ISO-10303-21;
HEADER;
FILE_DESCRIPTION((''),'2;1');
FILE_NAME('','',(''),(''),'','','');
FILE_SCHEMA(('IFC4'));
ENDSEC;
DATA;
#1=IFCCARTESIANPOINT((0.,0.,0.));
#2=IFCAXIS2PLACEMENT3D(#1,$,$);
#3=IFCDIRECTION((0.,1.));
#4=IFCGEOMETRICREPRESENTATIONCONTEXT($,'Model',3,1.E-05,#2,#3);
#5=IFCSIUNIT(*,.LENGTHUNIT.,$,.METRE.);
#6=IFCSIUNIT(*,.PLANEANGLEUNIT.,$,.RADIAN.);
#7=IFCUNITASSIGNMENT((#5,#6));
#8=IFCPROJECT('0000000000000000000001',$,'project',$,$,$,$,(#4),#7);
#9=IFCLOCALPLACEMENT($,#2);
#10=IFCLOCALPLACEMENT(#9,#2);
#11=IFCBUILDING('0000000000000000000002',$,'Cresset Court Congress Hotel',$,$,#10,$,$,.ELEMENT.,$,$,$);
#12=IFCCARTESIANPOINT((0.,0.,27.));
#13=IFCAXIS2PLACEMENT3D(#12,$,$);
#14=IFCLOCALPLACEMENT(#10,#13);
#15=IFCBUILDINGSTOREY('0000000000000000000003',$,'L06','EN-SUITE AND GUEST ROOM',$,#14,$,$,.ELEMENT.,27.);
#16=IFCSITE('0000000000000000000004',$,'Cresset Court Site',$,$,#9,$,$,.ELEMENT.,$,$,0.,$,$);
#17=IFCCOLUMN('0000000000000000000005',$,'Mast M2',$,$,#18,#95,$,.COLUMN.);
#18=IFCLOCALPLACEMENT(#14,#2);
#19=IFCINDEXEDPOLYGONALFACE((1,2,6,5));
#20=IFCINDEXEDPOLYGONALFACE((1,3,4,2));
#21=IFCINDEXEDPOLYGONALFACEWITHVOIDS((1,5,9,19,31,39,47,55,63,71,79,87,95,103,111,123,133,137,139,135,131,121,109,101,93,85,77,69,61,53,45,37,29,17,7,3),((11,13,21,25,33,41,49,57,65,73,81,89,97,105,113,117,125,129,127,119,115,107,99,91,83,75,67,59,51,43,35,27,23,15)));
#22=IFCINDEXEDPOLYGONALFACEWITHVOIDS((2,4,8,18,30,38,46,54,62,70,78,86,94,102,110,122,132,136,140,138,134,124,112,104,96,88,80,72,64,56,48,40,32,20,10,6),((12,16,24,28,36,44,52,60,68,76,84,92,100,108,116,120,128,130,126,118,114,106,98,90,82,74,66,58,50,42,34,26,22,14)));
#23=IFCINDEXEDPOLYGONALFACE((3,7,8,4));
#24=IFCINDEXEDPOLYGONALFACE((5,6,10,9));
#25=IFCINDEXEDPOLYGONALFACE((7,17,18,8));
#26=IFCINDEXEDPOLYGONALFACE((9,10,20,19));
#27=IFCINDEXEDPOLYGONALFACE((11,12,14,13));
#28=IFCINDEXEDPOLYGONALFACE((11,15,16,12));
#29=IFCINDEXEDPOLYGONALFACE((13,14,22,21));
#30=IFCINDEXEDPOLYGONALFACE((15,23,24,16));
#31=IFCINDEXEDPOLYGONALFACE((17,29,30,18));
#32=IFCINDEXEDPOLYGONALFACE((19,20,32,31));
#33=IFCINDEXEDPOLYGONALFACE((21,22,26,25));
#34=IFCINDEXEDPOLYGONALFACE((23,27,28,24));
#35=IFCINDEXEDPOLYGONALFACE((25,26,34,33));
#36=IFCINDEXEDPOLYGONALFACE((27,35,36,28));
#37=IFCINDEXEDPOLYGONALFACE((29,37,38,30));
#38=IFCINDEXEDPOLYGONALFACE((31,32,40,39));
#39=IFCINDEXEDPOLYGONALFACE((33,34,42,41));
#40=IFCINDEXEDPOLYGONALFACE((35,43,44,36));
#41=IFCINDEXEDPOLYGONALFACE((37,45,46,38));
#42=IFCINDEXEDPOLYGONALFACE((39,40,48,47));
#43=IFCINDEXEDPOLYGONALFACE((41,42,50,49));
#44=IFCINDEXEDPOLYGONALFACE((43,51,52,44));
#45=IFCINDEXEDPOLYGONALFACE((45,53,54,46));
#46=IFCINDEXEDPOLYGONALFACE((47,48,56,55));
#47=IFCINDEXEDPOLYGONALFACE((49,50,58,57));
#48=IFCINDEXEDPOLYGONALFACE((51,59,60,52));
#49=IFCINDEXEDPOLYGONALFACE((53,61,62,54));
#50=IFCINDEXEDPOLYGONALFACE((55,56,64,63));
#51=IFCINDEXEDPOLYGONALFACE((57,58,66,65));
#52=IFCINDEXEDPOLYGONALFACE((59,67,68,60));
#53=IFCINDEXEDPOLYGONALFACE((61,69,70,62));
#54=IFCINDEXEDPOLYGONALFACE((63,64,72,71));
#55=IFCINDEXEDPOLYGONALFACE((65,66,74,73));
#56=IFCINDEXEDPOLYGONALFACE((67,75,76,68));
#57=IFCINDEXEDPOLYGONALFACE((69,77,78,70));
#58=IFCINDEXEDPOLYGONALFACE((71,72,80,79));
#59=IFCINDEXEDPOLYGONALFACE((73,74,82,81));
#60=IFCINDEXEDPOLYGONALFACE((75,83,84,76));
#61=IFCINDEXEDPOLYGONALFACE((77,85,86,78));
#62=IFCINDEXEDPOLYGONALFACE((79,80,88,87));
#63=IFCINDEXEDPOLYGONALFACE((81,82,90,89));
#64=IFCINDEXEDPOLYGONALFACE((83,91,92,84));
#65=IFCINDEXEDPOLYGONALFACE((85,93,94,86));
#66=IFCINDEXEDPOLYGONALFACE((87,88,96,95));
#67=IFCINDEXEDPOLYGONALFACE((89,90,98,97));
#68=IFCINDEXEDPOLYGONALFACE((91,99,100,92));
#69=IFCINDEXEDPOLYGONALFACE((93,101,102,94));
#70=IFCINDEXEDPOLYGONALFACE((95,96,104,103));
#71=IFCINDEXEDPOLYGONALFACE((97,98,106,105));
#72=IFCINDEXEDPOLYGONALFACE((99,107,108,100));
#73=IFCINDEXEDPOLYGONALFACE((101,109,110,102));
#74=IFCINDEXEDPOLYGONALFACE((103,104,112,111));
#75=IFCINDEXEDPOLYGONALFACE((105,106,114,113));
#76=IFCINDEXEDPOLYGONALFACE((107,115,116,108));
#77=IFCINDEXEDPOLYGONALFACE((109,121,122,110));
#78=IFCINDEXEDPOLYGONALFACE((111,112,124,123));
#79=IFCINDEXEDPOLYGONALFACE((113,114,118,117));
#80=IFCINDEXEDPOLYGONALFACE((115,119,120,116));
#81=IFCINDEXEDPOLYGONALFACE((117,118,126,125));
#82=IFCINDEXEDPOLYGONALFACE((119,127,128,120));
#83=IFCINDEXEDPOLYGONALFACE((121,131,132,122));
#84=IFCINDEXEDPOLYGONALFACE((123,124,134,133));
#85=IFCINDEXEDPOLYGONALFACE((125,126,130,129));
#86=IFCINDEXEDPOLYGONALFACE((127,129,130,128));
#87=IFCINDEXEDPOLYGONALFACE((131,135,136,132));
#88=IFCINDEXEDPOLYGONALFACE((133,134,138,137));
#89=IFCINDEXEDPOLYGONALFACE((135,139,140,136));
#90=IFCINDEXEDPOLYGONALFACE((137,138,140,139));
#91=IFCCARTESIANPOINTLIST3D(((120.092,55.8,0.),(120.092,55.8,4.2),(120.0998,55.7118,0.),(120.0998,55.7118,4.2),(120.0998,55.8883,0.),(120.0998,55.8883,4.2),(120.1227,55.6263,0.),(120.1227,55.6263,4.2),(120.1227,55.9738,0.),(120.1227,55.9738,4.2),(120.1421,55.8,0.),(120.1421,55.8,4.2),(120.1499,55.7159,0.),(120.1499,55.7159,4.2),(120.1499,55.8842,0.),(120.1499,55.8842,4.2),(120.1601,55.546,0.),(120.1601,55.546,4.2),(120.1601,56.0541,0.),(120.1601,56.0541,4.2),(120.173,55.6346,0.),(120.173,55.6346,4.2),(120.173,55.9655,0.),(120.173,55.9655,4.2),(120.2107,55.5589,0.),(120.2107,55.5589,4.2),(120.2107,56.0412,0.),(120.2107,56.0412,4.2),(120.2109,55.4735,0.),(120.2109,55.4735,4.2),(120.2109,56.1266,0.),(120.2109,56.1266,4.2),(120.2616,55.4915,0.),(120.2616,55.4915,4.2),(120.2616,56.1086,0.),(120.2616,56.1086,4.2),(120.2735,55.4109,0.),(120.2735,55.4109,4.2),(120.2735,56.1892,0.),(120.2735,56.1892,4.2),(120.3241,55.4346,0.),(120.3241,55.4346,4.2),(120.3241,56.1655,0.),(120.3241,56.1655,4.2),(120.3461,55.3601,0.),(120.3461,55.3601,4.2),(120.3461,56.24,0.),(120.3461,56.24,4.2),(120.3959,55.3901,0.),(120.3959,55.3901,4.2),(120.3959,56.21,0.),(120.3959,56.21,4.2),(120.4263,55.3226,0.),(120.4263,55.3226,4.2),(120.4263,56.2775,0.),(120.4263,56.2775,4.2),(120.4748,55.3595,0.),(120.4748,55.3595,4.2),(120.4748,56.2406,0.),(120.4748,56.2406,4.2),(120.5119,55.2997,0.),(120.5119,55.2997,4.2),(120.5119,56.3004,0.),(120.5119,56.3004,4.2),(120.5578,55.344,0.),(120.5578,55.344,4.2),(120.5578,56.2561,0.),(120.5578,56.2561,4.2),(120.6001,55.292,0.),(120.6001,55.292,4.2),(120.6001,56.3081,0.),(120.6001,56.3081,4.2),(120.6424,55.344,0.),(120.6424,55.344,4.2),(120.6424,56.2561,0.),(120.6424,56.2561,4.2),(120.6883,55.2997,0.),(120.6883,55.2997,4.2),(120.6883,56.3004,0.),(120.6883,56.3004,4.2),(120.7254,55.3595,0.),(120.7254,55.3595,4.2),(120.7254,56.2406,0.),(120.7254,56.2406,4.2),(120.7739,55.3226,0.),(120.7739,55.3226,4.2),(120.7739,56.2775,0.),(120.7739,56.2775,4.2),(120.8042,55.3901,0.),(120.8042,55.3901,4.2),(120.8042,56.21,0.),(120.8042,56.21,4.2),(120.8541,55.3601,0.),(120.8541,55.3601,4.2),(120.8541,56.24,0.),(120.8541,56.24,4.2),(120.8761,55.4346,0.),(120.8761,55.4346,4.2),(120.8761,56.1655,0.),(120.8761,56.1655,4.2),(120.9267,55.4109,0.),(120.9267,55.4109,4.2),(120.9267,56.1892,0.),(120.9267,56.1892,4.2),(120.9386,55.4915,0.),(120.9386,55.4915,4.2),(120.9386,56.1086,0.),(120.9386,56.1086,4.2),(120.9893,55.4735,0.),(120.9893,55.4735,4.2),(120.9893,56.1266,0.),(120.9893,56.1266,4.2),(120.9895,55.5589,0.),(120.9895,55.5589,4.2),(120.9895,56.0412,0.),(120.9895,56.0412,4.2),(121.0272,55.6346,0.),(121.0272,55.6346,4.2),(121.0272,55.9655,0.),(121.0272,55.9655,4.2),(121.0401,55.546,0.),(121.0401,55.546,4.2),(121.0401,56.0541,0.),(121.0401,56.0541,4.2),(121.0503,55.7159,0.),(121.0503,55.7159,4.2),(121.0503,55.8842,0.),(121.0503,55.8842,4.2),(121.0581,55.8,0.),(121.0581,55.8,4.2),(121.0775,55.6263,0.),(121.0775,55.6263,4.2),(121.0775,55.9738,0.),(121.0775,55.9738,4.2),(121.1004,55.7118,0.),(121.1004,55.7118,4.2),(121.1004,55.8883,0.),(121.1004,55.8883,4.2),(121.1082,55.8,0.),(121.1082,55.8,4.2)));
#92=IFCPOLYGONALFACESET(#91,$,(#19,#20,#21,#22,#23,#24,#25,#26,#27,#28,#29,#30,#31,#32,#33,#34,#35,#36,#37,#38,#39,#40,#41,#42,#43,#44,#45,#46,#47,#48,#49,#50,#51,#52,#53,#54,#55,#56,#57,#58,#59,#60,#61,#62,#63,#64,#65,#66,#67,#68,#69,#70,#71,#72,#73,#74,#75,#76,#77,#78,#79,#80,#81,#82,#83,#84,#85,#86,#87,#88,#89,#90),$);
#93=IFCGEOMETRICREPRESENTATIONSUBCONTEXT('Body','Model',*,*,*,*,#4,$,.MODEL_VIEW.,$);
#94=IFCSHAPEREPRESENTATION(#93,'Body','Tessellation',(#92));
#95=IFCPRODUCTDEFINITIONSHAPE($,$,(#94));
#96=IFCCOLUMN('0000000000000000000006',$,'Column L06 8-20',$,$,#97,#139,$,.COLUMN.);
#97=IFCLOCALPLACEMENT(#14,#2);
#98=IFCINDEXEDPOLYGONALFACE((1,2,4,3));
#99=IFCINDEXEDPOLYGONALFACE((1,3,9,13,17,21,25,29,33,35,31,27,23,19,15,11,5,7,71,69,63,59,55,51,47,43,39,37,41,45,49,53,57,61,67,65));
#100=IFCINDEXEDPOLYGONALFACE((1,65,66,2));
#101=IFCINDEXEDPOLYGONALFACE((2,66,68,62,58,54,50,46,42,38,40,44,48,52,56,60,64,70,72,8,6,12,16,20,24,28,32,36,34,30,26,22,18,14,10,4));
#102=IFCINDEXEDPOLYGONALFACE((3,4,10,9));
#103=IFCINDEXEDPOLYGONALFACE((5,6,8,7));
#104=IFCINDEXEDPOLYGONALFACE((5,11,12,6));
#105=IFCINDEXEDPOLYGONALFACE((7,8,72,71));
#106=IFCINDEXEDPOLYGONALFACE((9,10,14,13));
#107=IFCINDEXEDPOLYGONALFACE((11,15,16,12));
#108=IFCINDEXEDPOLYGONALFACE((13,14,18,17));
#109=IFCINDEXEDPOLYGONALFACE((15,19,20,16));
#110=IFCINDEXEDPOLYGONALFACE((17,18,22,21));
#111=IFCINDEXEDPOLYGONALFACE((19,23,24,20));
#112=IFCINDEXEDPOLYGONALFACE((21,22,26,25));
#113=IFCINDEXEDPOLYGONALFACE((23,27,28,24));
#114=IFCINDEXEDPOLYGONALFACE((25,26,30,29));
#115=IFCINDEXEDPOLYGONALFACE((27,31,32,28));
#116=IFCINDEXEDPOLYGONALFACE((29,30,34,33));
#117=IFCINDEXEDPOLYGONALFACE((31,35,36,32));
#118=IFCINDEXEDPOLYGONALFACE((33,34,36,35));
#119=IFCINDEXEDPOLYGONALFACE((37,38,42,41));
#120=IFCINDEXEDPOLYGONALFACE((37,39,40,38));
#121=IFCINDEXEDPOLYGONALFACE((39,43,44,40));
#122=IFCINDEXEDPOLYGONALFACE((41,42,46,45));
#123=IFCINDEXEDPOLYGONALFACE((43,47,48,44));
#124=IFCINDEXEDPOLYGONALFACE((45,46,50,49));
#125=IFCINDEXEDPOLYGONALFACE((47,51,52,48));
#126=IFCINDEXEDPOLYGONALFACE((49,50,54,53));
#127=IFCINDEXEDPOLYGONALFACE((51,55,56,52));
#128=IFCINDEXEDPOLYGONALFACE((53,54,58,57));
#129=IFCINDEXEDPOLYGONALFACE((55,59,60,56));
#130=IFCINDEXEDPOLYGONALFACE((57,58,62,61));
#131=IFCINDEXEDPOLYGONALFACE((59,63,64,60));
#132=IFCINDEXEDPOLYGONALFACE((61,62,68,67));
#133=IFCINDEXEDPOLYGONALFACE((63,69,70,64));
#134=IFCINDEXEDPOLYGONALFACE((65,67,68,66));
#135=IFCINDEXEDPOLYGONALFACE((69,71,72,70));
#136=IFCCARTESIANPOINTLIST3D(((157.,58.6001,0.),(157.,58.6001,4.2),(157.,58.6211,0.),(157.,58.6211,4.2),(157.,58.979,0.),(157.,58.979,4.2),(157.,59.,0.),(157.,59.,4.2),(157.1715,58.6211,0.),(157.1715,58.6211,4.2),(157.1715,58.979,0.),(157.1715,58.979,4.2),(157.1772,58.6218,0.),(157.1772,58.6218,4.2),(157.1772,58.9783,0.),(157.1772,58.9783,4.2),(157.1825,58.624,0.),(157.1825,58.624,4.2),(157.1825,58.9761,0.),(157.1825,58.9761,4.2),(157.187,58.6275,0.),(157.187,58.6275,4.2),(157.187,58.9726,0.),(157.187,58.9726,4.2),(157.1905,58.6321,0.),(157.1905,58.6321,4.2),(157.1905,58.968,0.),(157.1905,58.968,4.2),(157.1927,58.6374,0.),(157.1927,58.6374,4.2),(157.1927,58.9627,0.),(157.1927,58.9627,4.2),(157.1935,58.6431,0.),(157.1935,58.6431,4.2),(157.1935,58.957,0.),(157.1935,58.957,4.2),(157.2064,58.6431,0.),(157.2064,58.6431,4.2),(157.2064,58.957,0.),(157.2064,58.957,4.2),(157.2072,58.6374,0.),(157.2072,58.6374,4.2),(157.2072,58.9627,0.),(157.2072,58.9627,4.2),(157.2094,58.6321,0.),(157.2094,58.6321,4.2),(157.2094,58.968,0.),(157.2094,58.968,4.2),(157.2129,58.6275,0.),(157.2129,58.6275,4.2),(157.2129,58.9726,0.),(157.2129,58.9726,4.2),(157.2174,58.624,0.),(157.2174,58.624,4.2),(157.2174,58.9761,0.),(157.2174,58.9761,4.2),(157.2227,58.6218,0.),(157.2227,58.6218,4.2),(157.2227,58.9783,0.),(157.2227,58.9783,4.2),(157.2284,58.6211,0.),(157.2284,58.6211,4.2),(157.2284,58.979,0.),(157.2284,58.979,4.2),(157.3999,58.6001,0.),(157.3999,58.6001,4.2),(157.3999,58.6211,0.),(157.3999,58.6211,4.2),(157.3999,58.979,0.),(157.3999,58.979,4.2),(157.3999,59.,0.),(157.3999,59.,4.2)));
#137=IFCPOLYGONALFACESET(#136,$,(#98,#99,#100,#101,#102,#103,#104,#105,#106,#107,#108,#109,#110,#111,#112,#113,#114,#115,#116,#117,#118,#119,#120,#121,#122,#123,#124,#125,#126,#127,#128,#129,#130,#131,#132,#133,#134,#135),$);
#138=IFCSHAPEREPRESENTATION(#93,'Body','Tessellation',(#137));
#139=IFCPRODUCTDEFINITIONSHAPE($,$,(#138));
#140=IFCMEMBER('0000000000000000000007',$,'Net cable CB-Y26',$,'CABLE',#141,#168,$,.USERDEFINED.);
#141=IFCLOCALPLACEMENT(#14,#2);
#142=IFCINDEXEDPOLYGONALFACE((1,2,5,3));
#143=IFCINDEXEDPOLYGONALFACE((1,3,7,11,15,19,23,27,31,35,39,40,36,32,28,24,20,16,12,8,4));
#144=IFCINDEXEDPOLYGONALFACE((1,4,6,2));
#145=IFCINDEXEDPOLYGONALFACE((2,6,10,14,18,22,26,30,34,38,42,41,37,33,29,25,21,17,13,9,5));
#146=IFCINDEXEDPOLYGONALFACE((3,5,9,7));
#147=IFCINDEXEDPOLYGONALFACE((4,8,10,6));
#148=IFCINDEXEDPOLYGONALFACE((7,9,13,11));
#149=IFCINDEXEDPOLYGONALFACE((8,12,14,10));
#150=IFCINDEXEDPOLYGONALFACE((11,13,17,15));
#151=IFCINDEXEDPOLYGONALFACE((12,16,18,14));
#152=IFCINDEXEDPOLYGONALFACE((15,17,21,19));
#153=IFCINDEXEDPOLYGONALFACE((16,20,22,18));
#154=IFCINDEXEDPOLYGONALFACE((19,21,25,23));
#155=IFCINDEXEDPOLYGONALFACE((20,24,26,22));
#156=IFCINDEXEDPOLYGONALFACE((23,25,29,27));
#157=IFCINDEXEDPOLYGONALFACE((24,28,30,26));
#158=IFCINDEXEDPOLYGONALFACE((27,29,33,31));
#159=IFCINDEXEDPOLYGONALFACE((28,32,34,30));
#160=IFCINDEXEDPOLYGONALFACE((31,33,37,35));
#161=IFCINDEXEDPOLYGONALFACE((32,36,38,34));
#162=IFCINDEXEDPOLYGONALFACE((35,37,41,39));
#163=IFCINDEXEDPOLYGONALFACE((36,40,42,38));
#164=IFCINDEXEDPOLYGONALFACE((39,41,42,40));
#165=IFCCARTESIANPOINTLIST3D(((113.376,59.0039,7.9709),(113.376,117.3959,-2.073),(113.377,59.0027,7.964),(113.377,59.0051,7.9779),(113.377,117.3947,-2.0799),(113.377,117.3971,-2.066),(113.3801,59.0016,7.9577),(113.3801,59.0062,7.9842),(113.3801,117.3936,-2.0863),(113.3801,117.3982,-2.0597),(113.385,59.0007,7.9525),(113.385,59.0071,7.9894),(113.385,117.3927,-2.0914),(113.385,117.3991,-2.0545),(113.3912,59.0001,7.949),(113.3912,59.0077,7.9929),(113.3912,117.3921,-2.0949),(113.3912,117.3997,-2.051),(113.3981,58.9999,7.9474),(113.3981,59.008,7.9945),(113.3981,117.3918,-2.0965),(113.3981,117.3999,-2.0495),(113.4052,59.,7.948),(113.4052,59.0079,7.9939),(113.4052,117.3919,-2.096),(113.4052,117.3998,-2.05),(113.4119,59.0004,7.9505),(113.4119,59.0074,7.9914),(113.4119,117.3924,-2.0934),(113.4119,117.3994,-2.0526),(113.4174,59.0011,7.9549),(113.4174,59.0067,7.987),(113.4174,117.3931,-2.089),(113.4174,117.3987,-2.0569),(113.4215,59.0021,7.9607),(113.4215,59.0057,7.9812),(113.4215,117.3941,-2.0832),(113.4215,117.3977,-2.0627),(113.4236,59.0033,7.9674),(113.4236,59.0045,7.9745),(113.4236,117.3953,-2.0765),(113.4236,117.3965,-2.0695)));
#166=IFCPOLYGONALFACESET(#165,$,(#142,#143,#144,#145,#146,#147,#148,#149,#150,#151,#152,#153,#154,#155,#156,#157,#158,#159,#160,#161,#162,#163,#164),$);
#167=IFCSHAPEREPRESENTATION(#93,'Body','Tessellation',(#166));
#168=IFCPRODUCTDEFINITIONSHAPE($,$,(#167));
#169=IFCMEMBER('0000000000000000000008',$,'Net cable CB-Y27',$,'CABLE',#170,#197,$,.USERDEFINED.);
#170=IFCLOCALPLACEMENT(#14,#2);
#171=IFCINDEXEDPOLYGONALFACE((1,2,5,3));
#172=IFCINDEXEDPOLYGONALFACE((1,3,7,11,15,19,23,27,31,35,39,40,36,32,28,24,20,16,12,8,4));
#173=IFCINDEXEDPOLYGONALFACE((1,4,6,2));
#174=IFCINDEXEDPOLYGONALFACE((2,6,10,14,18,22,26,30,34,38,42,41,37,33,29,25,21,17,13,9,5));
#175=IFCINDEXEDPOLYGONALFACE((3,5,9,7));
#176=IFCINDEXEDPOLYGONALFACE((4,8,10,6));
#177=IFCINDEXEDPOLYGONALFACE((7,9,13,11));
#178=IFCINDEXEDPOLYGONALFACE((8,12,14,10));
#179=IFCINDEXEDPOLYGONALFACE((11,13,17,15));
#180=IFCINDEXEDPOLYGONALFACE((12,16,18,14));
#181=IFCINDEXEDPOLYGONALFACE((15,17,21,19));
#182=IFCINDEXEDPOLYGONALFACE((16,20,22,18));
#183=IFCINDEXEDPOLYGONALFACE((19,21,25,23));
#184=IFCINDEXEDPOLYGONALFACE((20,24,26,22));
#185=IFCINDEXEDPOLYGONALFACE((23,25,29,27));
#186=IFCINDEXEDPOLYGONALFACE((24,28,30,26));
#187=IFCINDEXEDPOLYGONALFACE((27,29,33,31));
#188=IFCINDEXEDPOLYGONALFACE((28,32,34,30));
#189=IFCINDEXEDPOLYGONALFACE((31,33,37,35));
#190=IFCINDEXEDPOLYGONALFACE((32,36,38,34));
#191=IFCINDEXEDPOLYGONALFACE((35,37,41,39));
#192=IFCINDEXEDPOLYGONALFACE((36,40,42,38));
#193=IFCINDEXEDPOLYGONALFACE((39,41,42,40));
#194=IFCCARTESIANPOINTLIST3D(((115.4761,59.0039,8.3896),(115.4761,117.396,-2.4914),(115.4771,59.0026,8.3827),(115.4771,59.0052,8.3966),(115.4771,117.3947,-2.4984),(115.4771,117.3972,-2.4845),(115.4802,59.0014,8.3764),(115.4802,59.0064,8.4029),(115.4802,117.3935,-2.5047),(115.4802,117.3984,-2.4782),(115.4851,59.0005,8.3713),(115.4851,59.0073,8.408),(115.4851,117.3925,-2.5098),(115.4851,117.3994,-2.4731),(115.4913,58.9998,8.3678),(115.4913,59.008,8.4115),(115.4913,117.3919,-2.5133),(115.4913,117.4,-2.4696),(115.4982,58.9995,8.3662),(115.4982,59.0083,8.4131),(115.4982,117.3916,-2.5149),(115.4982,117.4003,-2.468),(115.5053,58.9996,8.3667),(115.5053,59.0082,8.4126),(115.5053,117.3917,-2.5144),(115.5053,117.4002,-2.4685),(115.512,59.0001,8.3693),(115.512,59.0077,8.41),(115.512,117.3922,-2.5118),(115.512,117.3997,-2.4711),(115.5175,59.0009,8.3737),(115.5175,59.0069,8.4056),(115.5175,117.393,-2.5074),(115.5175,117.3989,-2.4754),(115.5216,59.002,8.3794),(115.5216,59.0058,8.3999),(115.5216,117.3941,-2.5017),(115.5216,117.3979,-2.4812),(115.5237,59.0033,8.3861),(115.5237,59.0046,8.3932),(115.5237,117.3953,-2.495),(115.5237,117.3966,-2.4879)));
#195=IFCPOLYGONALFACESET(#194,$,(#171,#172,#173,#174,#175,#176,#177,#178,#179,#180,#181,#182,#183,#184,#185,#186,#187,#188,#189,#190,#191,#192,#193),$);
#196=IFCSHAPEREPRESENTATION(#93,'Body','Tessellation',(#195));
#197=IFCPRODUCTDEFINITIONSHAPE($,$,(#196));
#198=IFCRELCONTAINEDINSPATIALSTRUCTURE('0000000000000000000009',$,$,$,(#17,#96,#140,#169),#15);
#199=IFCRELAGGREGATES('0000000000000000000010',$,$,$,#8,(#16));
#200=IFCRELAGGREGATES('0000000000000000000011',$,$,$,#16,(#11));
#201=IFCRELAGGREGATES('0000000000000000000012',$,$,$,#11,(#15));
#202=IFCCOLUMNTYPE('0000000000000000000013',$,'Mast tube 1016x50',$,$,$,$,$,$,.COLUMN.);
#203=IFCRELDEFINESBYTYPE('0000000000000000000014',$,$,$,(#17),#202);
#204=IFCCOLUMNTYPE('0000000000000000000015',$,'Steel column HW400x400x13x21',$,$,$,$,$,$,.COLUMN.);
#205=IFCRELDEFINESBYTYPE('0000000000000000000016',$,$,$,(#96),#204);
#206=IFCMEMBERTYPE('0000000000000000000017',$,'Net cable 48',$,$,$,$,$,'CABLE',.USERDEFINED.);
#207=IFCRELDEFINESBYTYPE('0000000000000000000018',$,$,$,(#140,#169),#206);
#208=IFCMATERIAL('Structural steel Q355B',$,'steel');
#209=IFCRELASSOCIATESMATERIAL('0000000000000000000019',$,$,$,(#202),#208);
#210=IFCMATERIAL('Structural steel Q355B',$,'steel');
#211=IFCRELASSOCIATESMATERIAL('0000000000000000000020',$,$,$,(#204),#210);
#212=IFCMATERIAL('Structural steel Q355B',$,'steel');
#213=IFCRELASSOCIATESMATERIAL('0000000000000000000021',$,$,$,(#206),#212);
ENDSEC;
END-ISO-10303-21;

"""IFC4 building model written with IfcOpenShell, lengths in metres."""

from ifc_helpers import new_model, si_unit, direction, frame, origin, origin_2d, place, context, subcontext, project, spatial, circle, hollow_circle, i_section, extrude, material, material_profile, profile_set, type_object, element, save


model = new_model("IFC4")

# Units and contexts
model_context = context("Model", 3, precision=1e-05, world=origin(), true_north=direction((0.0, 1.0)))
body_context = subcontext(model_context, "Body", "Model", "MODEL_VIEW")
ifc_project = project(units=[si_unit("LENGTHUNIT", "METRE"), si_unit("PLANEANGLEUNIT", "RADIAN")], contexts=[model_context])

# Site, building, storey
site_placement = place(None, origin())
site = spatial("IfcSite", under=ifc_project, at=site_placement, Name="Cresset Court Site", CompositionType="ELEMENT", RefElevation=0.0)
building_placement = place(site_placement, origin())
building = spatial("IfcBuilding", under=site, at=building_placement, Name="Cresset Court Congress Hotel", CompositionType="ELEMENT")
storey_placement = place(building_placement, frame((0.0, 0.0, 27.0)))
storey = spatial("IfcBuildingStorey", under=building, at=storey_placement, Name="L06", Description="EN-SUITE AND GUEST ROOM", CompositionType="ELEMENT", Elevation=27.0)

# Columns
ifc_material_1 = material(Name="Structural steel Q355B", Category="steel")
ifc_material_profile_1 = material_profile(ifc_material_1, hollow_circle(Radius=0.5081, WallThickness=0.05, at=origin_2d()), Name="CHS1016x50")
ifc_profile_set_1 = profile_set([ifc_material_profile_1], Name="Structural steel Q355B")
column_type_1 = type_object("IfcColumnType", Name="Mast tube 1016x50", PredefinedType="COLUMN", material=ifc_profile_set_1)
column_1_placement = place(storey_placement, frame((120.6001, 55.8, 0.0), z_axis=(0.0, 0.0, 1.0), x_axis=(1.0, 0.0, 0.0)))
element("IfcColumn", 1, at=column_1_placement, inside=storey, type_object=column_type_1, Name="Mast M2", PredefinedType="COLUMN", context=body_context, shape_type="SweptSolid", body=[
    extrude(hollow_circle(Radius=0.5081, WallThickness=0.05, at=origin_2d()), origin(), (0.0, 0.0, 1.0), 4.2),
])
ifc_material_2 = material(Name="Structural steel Q355B", Category="steel")
ifc_material_profile_2 = material_profile(ifc_material_2, i_section(OverallWidth=0.3999, OverallDepth=0.3999, WebThickness=0.0129, FlangeThickness=0.021, FilletRadius=0.022, at=origin_2d()), Name="HW400x400x13x21")
ifc_profile_set_2 = profile_set([ifc_material_profile_2], Name="Structural steel Q355B")
column_type_2 = type_object("IfcColumnType", Name="Steel column HW400x400x13x21", PredefinedType="COLUMN", material=ifc_profile_set_2)
column_2_placement = place(storey_placement, frame((157.2, 58.8, 0.0), z_axis=(0.0, 0.0, 1.0), x_axis=(1.0, 0.0, 0.0)))
element("IfcColumn", 2, at=column_2_placement, inside=storey, type_object=column_type_2, Name="Column L06 8-20", PredefinedType="COLUMN", context=body_context, shape_type="SweptSolid", body=[
    extrude(i_section(OverallWidth=0.3999, OverallDepth=0.3999, WebThickness=0.0129, FlangeThickness=0.021, FilletRadius=0.022, at=origin_2d()), origin(), (0.0, 0.0, 1.0), 4.2),
])

# Members
ifc_material_3 = material(Name="Structural steel Q355B", Category="steel")
ifc_material_profile_3 = material_profile(ifc_material_3, circle(Radius=0.0239, at=origin_2d()), Name="CABLE48")
ifc_profile_set_3 = profile_set([ifc_material_profile_3], Name="Structural steel Q355B")
member_type_1 = type_object("IfcMemberType", Name="Net cable 48", ElementType="CABLE", PredefinedType="USERDEFINED", material=ifc_profile_set_3)
member_1_placement = place(storey_placement, frame((113.3999, 59.0039, 7.9709), z_axis=(0.0, 0.985527, -0.169519), x_axis=(-1.0, 0.0, 0.0)))
element("IfcMember", 3, at=member_1_placement, inside=storey, type_object=member_type_1, Name="Net cable CB-Y26", ObjectType="CABLE", PredefinedType="USERDEFINED", context=body_context, shape_type="SweptSolid", body=[
    extrude(circle(Radius=0.0239, at=origin_2d()), origin(), (0.0, 0.0, 1.0), 59.2495),
])
member_2_placement = place(storey_placement, frame((115.5, 59.0039, 8.3896), z_axis=(0.0, 0.983077, -0.183192), x_axis=(-1.0, 0.0, 0.0)))
element("IfcMember", 4, at=member_2_placement, inside=storey, type_object=member_type_1, Name="Net cable CB-Y27", ObjectType="CABLE", PredefinedType="USERDEFINED", context=body_context, shape_type="SweptSolid", body=[
    extrude(circle(Radius=0.0239, at=origin_2d()), origin(), (0.0, 0.0, 1.0), 59.3972),
])

save(model, "model.ifc")
